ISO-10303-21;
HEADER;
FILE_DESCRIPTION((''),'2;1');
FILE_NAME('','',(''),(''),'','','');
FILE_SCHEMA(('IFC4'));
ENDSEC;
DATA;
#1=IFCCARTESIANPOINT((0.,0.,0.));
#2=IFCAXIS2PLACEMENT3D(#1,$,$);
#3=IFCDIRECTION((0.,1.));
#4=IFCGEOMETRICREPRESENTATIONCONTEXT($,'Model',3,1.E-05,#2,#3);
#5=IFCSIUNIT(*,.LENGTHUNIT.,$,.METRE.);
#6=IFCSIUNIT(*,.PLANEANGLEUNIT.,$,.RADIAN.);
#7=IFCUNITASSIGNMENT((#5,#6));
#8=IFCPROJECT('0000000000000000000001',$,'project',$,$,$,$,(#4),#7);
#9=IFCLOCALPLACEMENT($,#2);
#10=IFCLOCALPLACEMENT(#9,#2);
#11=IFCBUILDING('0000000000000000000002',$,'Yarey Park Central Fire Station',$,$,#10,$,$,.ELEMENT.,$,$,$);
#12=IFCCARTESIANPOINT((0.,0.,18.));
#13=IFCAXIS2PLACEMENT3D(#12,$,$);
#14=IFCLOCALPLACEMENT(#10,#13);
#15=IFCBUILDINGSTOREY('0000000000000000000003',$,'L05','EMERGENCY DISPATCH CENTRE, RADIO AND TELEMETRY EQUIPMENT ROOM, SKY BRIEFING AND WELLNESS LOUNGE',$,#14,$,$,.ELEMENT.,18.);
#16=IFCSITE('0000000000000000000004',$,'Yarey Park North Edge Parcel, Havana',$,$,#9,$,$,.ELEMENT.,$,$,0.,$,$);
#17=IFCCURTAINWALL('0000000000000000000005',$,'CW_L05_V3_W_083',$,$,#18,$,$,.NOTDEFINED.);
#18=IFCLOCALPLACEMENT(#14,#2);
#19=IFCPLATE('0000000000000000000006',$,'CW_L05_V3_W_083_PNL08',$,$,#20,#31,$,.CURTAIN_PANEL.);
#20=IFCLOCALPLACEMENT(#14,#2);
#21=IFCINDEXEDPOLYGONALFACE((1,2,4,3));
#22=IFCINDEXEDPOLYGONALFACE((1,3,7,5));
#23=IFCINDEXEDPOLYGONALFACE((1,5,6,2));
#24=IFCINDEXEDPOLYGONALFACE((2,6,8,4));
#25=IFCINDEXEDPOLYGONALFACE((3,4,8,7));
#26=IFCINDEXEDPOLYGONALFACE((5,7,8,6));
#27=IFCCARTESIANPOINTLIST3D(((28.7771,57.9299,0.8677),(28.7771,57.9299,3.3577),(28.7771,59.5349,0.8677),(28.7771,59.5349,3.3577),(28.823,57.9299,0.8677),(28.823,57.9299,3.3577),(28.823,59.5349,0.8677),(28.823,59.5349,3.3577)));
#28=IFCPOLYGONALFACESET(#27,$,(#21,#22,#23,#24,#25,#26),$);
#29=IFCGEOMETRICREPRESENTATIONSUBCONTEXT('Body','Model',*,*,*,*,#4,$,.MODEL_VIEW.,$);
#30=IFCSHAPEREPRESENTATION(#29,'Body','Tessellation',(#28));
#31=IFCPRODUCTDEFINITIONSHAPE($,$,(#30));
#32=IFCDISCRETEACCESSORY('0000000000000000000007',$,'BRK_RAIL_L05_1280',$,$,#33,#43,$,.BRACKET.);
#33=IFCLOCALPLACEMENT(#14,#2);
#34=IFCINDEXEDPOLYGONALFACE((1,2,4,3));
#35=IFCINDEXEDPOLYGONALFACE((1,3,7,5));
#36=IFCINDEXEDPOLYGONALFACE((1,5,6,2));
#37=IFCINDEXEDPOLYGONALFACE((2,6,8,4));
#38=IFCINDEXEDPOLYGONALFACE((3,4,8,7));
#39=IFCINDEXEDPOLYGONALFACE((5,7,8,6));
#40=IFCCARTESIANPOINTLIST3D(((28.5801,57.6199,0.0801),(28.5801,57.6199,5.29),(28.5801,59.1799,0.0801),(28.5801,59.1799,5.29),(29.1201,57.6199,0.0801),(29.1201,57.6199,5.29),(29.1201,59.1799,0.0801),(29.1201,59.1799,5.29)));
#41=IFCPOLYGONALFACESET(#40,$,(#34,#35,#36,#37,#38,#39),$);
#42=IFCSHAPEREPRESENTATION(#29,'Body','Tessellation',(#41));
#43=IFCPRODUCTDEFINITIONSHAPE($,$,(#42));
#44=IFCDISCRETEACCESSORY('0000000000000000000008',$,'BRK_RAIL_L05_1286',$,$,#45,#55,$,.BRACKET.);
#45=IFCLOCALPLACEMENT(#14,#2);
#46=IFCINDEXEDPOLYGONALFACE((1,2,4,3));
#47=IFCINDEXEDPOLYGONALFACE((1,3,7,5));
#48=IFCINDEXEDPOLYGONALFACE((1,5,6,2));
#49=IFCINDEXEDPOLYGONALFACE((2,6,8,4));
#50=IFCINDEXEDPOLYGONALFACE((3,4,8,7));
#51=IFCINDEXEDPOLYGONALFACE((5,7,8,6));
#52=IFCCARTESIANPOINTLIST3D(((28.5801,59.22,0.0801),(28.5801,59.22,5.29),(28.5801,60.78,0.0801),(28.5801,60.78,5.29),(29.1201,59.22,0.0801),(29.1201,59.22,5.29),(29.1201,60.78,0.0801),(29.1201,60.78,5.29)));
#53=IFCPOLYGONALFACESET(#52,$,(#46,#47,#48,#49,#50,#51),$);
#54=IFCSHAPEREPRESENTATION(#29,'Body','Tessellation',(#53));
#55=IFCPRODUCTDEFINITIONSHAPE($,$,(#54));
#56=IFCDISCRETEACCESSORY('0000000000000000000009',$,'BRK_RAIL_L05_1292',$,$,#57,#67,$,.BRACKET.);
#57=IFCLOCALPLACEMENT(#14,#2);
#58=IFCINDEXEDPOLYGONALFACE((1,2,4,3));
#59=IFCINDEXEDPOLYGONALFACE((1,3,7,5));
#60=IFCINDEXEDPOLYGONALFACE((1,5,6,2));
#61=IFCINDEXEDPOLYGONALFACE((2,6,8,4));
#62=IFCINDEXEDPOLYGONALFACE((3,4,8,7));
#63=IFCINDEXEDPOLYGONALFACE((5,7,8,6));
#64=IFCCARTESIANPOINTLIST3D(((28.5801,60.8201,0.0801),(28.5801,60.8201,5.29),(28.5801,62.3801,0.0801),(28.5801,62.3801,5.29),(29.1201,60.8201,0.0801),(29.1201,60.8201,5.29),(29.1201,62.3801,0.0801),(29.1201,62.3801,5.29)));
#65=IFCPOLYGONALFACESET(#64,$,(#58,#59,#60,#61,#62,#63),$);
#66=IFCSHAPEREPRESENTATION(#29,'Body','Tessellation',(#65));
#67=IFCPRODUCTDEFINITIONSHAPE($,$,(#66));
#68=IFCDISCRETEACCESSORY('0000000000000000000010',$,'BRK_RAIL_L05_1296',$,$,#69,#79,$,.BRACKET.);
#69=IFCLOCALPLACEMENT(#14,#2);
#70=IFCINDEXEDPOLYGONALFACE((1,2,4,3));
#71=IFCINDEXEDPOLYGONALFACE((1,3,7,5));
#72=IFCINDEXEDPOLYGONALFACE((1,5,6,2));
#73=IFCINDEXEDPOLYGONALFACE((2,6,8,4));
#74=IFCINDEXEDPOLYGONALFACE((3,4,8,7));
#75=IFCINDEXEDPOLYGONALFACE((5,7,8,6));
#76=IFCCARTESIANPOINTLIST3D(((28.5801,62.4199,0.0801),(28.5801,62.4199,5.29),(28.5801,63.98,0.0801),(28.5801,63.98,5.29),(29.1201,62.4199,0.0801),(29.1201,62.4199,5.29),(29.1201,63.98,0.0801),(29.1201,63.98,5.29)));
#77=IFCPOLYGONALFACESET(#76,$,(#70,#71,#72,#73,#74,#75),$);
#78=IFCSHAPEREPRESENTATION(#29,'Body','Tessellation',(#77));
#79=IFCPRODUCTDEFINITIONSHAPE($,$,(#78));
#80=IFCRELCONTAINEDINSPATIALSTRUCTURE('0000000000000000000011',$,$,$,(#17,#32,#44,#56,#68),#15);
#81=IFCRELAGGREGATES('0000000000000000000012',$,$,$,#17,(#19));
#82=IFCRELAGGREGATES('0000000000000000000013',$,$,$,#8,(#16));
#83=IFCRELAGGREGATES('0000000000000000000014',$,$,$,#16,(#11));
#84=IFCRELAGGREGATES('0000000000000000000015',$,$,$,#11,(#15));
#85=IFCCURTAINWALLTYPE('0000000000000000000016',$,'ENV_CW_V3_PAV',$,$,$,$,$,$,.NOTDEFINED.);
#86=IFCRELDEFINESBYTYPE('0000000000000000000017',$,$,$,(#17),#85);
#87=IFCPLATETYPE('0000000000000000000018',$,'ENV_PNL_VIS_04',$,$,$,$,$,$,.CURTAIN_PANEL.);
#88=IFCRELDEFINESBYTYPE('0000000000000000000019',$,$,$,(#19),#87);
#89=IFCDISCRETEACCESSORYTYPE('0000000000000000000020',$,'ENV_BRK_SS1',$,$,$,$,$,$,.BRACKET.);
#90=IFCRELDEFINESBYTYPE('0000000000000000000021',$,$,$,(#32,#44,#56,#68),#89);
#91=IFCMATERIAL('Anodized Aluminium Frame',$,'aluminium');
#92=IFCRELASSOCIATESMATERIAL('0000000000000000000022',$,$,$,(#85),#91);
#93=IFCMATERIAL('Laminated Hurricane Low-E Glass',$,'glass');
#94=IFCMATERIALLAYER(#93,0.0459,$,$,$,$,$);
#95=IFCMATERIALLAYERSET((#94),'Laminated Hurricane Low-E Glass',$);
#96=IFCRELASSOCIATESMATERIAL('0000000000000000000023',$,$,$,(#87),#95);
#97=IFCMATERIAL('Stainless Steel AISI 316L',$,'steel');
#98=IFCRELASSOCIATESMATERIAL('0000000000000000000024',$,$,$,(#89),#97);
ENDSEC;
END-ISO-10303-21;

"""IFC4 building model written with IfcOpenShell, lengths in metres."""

from ifc_helpers import new_model, si_unit, direction, frame, origin, origin_2d, place, context, subcontext, project, spatial, rectangle, extrude, material, layer, layer_set, type_object, element, aggregate, save


model = new_model("IFC4")

# Units and contexts
model_context = context("Model", 3, precision=1e-05, world=origin(), true_north=direction((0.0, 1.0)))
body_context = subcontext(model_context, "Body", "Model", "MODEL_VIEW")
ifc_project = project(units=[si_unit("LENGTHUNIT", "METRE"), si_unit("PLANEANGLEUNIT", "RADIAN")], contexts=[model_context])

# Site, building, storey
site_placement = place(None, origin())
site = spatial("IfcSite", under=ifc_project, at=site_placement, Name="Yarey Park North Edge Parcel, Havana", CompositionType="ELEMENT", RefElevation=0.0)
building_placement = place(site_placement, origin())
building = spatial("IfcBuilding", under=site, at=building_placement, Name="Yarey Park Central Fire Station", CompositionType="ELEMENT")
storey_placement = place(building_placement, frame((0.0, 0.0, 18.0)))
storey = spatial("IfcBuildingStorey", under=building, at=storey_placement, Name="L05", Description="EMERGENCY DISPATCH CENTRE, RADIO AND TELEMETRY EQUIPMENT ROOM, SKY BRIEFING AND WELLNESS LOUNGE", CompositionType="ELEMENT", Elevation=18.0)

# Curtain wall
ifc_material_1 = material(Name="Anodized Aluminium Frame", Category="aluminium")
curtain_wall_type = type_object("IfcCurtainWallType", Name="ENV_CW_V3_PAV", PredefinedType="NOTDEFINED", material=ifc_material_1)
curtain_wall_1_placement = place(storey_placement, origin())
curtain_wall_1 = element("IfcCurtainWall", 1, at=curtain_wall_1_placement, inside=storey, type_object=curtain_wall_type, Name="CW_L05_V3_W_083", PredefinedType="NOTDEFINED")

# Plate
ifc_material_2 = material(Name="Laminated Hurricane Low-E Glass", Category="glass")
ifc_layer_1 = layer(ifc_material_2, 0.0459)
ifc_layer_set_1 = layer_set([ifc_layer_1], Name="Laminated Hurricane Low-E Glass")
plate_type_1 = type_object("IfcPlateType", Name="ENV_PNL_VIS_04", PredefinedType="CURTAIN_PANEL", material=ifc_layer_set_1)
plate_1_placement = place(storey_placement, frame((28.8, 58.7324, 0.8677), z_axis=(0.0, 0.0, 1.0), x_axis=(0.0, -1.0, 0.0)))
plate_1 = element("IfcPlate", 2, at=plate_1_placement, type_object=plate_type_1, Name="CW_L05_V3_W_083_PNL08", PredefinedType="CURTAIN_PANEL", context=body_context, shape_type="SweptSolid", body=[
    extrude(rectangle(XDim=1.605, YDim=0.0459, at=origin_2d()), origin(), (0.0, 0.0, 1.0), 2.49),
])
aggregate(curtain_wall_1, [plate_1])

# Discrete accessories
ifc_material_3 = material(Name="Stainless Steel AISI 316L", Category="steel")
discrete_accessory_type = type_object("IfcDiscreteAccessoryType", Name="ENV_BRK_SS1", PredefinedType="BRACKET", material=ifc_material_3)
for number, where, z_axis, x_axis, name in (
    (3, (28.8501, 58.3999, 0.0801), (0.0, 0.0, 1.0), (1.0, 0.0, 0.0), "BRK_RAIL_L05_1280"),
    (4, (28.8501, 60.0, 0.0801), (0.0, 0.0, 1.0), (1.0, 0.0, 0.0), "BRK_RAIL_L05_1286"),
    (5, (28.8501, 61.6001, 0.0801), (0.0, 0.0, 1.0), (1.0, 0.0, 0.0), "BRK_RAIL_L05_1292"),
    (6, (28.8501, 63.2, 0.0801), (0.0, 0.0, 1.0), (1.0, 0.0, 0.0), "BRK_RAIL_L05_1296"),
):
    element("IfcDiscreteAccessory", number, at=place(storey_placement, frame(where, z_axis=z_axis, x_axis=x_axis)), inside=storey, type_object=discrete_accessory_type, Name=name, PredefinedType="BRACKET", context=body_context, shape_type="SweptSolid", body=[
        extrude(rectangle(XDim=0.54, YDim=1.5601, at=origin_2d()), origin(), (0.0, 0.0, 1.0), 5.21),
    ])

save(model, "model.ifc")
